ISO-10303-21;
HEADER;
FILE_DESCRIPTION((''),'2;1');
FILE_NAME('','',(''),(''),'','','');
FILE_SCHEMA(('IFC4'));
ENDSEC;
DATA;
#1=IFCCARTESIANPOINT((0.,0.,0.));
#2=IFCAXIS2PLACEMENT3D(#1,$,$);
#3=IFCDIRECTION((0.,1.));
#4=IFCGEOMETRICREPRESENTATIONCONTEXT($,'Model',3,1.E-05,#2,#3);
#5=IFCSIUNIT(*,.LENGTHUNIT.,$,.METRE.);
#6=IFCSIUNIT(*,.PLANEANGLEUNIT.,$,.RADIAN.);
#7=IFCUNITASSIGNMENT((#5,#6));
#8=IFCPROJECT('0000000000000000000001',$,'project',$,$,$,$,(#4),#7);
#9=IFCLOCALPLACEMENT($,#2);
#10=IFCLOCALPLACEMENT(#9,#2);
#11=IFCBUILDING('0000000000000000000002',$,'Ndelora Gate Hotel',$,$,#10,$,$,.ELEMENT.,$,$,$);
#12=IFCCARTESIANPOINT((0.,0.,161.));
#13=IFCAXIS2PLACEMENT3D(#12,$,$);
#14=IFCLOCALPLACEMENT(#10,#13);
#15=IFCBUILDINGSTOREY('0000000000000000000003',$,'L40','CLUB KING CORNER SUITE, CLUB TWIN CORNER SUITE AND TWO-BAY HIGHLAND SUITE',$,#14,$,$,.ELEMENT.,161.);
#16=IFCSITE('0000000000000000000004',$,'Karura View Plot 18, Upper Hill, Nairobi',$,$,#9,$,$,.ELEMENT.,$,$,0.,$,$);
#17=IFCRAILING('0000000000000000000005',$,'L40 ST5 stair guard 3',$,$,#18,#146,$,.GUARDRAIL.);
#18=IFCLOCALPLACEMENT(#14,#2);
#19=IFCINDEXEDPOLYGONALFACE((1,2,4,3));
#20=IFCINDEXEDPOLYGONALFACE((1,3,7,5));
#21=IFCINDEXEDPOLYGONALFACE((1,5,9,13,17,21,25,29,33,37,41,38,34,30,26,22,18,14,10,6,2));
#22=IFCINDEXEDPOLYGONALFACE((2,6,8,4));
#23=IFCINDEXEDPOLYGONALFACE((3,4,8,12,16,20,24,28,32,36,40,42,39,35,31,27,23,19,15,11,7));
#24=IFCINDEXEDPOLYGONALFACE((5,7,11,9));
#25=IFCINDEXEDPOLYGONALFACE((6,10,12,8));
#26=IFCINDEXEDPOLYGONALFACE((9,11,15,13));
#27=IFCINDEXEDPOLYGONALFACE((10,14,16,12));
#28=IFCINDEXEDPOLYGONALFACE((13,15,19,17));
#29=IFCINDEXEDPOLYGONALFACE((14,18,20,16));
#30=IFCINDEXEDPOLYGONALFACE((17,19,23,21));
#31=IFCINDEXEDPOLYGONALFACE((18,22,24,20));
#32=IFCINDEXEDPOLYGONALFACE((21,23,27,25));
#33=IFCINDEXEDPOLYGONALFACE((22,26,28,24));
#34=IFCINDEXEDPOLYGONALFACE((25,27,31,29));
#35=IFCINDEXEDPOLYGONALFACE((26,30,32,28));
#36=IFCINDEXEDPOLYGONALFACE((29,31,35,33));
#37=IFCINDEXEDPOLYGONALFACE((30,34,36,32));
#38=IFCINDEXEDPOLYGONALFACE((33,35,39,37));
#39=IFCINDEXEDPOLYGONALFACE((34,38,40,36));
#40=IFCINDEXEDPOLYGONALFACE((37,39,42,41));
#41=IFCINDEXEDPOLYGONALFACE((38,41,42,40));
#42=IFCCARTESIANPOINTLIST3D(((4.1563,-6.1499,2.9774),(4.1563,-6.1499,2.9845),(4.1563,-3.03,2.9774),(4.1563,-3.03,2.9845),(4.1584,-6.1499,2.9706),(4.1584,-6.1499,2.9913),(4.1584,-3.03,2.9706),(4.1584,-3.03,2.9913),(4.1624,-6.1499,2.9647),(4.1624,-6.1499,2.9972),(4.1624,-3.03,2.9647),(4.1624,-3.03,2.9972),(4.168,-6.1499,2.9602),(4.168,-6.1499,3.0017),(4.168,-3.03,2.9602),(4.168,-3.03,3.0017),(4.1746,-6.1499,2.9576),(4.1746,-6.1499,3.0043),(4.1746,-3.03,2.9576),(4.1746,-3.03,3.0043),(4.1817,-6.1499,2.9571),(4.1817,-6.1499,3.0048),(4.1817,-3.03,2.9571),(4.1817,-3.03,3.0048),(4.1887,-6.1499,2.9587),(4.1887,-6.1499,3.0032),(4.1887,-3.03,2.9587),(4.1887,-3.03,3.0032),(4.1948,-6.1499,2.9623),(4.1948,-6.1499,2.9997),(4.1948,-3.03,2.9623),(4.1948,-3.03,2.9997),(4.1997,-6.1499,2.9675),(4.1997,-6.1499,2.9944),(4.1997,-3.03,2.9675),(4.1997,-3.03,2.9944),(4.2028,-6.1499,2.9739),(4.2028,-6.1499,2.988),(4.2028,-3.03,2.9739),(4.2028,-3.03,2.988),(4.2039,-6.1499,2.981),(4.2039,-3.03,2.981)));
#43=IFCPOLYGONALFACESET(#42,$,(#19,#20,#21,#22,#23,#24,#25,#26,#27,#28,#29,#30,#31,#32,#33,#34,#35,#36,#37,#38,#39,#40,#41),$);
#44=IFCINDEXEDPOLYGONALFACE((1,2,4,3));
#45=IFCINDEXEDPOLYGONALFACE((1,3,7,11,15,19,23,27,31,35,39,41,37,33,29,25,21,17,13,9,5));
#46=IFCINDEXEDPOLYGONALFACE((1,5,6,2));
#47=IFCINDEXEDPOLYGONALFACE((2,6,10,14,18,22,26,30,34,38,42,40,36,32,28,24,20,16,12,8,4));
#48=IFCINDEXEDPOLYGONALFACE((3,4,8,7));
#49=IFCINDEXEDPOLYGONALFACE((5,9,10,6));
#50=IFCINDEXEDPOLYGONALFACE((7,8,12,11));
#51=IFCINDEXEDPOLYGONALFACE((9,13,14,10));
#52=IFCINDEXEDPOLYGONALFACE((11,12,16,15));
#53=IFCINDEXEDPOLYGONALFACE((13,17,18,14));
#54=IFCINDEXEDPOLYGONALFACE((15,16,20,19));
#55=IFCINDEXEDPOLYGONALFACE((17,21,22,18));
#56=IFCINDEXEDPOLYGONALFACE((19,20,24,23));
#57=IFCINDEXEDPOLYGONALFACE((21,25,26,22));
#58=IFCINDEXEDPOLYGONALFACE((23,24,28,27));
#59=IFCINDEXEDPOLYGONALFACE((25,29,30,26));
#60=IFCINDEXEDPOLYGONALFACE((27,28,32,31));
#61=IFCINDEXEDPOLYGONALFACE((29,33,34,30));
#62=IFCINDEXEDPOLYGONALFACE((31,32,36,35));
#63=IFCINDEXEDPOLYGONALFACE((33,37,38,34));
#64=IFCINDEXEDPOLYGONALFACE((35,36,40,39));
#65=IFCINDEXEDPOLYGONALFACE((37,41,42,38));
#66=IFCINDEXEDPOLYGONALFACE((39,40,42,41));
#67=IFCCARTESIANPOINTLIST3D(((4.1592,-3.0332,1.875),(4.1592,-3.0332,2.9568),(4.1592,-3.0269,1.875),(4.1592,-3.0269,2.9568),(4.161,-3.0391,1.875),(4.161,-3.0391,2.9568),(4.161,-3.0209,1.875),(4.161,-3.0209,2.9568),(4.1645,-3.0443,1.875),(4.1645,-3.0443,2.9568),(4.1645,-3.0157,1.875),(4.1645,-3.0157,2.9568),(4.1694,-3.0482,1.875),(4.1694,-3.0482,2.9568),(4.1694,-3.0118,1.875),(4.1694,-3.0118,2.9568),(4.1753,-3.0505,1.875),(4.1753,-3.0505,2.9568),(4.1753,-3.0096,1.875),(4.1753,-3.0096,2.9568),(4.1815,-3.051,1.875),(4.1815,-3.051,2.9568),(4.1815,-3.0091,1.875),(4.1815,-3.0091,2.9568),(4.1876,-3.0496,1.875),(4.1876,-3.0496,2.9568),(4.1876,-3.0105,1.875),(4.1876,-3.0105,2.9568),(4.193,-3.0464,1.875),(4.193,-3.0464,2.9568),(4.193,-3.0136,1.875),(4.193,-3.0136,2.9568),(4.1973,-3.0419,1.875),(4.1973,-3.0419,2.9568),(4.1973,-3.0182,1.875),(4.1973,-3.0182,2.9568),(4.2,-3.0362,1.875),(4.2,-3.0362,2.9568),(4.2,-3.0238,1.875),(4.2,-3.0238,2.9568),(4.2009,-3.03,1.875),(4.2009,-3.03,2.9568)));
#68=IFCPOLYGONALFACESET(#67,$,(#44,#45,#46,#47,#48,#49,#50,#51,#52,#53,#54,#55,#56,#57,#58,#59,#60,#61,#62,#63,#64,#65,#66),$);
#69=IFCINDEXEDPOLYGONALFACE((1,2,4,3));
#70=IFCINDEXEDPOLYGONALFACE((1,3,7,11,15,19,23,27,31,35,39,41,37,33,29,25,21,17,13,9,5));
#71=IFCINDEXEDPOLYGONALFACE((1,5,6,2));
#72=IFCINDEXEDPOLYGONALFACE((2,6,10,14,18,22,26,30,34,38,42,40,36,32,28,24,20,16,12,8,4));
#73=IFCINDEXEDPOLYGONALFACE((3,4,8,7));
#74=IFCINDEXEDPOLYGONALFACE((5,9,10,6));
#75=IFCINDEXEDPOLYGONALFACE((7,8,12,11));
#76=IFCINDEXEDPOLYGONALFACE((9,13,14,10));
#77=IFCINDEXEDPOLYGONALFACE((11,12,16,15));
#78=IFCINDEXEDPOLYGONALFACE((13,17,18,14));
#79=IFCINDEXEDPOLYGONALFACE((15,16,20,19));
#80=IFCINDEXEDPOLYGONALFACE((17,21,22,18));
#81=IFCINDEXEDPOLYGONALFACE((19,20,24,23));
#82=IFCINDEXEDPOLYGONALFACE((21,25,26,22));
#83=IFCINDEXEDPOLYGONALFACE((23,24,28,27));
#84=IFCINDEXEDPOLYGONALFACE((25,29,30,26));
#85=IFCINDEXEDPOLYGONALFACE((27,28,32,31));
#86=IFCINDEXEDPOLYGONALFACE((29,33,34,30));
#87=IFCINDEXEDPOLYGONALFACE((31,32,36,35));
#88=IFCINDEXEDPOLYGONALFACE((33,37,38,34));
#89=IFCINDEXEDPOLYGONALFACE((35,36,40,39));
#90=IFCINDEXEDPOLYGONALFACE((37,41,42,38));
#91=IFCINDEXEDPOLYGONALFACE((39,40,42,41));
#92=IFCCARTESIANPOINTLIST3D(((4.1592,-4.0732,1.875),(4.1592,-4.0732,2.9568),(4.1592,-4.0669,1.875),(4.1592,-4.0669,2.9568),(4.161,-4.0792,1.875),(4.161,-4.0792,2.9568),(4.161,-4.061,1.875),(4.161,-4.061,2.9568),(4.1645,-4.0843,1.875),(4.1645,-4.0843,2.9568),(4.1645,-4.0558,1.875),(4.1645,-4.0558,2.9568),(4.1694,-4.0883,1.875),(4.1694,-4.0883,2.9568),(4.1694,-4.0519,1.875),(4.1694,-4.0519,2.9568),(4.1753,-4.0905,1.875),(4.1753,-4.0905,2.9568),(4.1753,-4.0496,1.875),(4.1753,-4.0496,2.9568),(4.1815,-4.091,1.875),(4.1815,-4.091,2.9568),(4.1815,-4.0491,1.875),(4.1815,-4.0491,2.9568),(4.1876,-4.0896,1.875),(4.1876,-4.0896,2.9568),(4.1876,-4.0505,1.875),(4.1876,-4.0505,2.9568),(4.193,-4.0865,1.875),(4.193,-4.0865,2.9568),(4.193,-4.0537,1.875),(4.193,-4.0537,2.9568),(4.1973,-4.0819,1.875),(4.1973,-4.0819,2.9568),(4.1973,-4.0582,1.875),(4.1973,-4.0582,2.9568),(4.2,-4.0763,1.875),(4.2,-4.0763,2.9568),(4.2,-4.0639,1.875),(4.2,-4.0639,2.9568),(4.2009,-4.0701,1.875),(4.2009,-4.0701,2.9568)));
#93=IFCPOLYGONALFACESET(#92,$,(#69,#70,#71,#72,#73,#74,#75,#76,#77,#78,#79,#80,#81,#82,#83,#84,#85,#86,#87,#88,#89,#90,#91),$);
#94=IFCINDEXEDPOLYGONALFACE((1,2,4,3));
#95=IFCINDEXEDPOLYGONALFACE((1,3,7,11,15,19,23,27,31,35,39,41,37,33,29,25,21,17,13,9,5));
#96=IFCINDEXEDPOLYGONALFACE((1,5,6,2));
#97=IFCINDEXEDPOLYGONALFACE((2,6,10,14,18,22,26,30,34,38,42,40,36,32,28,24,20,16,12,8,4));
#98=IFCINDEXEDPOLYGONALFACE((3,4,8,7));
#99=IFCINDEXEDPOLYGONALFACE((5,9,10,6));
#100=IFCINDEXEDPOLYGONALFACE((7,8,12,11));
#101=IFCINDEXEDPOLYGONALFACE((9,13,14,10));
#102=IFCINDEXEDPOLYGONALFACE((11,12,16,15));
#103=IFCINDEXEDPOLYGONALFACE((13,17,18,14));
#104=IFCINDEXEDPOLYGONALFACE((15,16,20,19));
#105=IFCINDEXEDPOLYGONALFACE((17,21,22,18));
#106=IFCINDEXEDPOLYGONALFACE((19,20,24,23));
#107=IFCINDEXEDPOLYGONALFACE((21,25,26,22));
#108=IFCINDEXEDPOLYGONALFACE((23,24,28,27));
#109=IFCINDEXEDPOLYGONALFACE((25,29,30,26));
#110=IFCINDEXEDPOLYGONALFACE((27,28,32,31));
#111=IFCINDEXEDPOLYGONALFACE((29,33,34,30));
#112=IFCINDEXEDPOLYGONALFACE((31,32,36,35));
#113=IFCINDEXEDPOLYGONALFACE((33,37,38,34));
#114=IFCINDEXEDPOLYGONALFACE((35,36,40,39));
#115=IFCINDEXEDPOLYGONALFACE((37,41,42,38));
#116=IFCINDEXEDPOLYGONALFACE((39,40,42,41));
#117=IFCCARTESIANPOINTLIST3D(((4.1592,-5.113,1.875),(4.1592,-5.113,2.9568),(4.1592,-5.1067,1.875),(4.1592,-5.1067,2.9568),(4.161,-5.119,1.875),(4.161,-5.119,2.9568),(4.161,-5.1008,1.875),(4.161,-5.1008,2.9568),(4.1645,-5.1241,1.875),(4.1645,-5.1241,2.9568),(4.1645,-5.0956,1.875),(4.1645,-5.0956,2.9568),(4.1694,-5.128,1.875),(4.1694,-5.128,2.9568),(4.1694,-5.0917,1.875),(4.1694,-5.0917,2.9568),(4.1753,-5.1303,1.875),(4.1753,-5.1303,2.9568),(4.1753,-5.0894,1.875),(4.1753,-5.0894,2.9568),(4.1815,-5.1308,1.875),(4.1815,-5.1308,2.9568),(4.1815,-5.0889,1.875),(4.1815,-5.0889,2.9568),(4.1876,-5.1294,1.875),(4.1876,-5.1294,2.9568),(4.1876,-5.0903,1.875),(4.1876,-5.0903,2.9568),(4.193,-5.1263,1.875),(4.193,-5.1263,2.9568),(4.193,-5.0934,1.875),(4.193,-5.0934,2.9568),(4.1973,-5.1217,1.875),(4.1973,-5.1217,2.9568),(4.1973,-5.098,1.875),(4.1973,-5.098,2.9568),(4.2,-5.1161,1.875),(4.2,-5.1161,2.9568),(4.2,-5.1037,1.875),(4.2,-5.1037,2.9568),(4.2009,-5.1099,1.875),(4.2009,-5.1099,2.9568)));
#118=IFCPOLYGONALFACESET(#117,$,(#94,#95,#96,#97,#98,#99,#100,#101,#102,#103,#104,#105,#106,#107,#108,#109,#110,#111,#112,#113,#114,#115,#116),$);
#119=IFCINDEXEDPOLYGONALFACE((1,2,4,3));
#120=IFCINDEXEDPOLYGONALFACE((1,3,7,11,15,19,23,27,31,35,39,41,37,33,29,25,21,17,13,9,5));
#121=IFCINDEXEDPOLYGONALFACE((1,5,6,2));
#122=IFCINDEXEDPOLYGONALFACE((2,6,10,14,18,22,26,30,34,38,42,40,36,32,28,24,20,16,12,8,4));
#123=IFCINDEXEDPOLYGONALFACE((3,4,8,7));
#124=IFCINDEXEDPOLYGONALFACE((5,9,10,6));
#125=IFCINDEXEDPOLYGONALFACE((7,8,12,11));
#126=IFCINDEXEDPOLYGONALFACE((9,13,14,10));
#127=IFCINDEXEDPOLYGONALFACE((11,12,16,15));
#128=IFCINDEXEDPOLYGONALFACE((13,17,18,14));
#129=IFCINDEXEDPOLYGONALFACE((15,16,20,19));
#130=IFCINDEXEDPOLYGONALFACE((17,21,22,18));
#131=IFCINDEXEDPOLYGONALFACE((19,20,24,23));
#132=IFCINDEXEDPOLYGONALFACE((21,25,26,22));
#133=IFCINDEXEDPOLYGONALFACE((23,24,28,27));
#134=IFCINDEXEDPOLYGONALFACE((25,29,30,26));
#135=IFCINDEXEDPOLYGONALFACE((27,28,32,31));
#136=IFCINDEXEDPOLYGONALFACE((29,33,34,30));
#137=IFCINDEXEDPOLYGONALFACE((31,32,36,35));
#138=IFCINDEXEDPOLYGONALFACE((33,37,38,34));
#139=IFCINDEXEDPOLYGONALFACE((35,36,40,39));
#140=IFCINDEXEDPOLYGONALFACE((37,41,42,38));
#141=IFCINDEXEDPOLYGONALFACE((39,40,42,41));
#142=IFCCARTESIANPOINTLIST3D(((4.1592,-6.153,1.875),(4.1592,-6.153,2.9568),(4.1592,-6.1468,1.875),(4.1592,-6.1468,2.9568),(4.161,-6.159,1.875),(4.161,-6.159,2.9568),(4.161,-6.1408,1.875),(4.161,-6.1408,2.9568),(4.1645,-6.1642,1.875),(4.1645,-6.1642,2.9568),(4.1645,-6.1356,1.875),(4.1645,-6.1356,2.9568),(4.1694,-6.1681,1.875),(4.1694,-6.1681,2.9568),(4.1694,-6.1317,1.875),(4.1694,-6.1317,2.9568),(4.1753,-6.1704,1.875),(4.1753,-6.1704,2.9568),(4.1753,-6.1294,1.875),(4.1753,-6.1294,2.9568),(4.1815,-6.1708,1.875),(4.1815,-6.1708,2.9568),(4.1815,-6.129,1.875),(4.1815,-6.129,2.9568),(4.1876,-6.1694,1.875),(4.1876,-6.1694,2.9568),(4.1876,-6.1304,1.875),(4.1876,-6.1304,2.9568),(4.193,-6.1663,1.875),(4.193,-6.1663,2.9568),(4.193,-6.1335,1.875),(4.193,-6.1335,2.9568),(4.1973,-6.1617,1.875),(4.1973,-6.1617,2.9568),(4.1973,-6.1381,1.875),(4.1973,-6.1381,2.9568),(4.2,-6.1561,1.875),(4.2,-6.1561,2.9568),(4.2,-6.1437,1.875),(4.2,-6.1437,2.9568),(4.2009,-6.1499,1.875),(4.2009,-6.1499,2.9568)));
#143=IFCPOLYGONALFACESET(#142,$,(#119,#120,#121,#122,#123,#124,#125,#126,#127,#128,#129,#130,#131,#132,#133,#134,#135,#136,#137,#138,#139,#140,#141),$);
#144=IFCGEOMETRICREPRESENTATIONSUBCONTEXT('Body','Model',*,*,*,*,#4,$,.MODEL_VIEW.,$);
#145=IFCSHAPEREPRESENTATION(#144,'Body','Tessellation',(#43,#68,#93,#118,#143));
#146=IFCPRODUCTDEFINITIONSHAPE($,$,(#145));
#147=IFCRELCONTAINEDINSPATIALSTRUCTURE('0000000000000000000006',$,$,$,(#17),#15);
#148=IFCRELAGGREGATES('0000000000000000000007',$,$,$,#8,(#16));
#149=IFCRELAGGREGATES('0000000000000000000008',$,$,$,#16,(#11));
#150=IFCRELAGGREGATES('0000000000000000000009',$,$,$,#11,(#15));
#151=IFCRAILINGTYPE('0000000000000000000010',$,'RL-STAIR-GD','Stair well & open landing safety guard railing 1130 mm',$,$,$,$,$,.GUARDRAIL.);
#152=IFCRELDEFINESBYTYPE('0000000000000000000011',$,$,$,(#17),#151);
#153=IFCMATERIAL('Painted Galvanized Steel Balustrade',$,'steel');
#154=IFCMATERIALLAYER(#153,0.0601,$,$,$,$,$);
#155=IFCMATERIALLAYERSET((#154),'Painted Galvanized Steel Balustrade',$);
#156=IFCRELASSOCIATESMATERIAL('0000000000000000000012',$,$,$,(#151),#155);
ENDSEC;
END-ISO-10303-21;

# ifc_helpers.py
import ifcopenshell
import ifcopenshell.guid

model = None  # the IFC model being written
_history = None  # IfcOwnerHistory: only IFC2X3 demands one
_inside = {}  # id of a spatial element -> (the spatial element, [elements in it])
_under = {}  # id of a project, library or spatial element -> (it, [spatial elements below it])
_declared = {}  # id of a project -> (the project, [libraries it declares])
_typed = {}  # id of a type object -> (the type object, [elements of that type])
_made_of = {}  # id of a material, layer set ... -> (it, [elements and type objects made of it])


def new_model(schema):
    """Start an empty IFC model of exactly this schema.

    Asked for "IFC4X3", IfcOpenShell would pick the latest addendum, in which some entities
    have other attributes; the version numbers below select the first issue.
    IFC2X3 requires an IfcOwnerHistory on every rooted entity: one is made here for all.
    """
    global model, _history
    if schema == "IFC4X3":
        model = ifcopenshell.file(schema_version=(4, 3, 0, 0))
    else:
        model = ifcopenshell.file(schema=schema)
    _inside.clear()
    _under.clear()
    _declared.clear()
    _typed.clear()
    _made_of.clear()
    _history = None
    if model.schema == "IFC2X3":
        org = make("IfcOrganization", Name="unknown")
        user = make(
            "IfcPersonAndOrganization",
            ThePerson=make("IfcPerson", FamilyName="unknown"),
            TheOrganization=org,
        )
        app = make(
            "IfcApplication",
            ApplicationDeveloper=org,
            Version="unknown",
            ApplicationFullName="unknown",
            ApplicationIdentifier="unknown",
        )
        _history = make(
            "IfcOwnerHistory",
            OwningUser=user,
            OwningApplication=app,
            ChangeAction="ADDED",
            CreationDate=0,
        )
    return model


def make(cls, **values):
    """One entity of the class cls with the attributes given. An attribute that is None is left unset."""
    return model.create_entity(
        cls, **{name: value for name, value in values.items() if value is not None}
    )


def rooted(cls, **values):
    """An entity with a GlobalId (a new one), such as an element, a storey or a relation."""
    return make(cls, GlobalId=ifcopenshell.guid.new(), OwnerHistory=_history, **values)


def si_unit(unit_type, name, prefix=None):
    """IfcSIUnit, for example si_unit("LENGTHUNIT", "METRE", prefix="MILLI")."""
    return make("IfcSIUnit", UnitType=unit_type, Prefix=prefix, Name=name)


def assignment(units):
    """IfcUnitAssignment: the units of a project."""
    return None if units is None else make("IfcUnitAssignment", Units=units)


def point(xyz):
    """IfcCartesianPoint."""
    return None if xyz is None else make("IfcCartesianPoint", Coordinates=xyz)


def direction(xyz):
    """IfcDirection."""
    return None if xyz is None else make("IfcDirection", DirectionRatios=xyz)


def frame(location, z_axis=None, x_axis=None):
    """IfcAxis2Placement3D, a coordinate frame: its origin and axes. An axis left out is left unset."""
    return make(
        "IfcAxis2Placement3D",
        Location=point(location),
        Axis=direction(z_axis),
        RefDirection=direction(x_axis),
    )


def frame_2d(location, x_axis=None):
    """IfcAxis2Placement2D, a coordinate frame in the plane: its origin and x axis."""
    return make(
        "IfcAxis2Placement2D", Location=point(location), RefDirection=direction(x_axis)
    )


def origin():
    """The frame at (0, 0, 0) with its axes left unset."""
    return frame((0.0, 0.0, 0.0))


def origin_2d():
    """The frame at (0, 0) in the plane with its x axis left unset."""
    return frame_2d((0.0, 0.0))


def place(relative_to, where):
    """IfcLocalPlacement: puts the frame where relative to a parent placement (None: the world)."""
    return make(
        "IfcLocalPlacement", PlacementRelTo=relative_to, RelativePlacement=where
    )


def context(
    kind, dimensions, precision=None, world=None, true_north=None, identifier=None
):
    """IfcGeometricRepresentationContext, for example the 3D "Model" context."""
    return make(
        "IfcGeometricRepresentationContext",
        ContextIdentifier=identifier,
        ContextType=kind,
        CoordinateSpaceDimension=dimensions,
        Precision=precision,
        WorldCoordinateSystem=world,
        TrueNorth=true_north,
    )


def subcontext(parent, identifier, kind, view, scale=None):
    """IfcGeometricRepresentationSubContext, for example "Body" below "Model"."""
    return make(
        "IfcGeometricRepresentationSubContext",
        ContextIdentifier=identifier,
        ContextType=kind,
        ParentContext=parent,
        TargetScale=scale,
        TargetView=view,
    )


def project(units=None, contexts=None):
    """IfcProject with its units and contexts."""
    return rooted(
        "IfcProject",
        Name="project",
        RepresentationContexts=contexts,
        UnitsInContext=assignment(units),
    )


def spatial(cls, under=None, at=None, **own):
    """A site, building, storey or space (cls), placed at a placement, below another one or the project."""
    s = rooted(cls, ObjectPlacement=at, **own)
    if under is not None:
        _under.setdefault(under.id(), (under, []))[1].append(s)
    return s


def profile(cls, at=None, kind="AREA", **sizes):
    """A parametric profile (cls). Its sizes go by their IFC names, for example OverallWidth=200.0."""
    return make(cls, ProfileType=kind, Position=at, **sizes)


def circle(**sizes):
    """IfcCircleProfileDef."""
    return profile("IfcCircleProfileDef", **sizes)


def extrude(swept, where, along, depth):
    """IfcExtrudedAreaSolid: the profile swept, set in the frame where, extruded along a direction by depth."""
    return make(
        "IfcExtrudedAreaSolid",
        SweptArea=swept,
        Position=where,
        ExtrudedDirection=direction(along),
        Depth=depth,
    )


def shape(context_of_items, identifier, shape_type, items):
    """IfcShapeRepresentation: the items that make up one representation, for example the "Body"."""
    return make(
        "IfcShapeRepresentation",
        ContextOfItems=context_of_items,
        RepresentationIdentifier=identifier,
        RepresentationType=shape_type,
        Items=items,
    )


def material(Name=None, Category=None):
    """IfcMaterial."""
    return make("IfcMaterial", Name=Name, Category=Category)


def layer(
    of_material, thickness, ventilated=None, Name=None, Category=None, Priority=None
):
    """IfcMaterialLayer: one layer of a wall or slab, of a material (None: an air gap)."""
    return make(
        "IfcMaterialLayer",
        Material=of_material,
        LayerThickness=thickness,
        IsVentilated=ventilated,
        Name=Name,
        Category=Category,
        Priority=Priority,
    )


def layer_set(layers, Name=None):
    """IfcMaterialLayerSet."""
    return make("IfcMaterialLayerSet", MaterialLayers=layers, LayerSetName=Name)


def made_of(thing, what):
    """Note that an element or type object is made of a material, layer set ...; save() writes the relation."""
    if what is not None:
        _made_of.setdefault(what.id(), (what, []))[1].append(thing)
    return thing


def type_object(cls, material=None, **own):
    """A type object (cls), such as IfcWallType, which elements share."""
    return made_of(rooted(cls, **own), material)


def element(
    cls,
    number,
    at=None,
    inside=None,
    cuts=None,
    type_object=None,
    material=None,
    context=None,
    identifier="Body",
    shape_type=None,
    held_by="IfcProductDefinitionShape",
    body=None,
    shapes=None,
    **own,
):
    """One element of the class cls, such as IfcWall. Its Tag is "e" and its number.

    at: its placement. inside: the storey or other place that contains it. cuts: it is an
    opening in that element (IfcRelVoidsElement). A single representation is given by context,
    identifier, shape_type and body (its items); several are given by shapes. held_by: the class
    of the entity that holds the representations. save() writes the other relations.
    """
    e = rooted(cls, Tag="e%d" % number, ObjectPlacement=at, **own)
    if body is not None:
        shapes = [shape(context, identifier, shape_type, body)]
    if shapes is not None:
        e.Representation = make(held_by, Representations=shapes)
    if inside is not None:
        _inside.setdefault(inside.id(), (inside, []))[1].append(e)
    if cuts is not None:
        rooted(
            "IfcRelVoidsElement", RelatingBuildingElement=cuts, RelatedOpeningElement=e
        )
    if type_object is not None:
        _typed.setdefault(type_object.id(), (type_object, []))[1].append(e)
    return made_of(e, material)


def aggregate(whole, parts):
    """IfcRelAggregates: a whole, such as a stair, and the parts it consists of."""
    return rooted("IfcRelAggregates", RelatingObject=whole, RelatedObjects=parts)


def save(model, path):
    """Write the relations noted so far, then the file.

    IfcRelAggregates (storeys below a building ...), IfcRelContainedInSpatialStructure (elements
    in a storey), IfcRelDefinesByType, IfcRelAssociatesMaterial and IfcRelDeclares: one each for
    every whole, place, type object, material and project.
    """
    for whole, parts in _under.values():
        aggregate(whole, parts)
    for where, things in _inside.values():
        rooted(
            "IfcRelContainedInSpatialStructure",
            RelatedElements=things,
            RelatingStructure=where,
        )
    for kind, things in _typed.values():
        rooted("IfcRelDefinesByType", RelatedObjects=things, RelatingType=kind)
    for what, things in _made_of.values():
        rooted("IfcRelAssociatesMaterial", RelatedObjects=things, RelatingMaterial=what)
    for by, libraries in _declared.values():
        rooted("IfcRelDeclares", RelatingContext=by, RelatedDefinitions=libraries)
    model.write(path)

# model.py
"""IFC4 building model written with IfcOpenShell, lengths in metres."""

from ifc_helpers import new_model, si_unit, direction, frame, origin, origin_2d, place, context, subcontext, project, spatial, circle, extrude, material, layer, layer_set, type_object, element, save


model = new_model("IFC4")

# Units and contexts
model_context = context("Model", 3, precision=1e-05, world=origin(), true_north=direction((0.0, 1.0)))
body_context = subcontext(model_context, "Body", "Model", "MODEL_VIEW")
ifc_project = project(units=[si_unit("LENGTHUNIT", "METRE"), si_unit("PLANEANGLEUNIT", "RADIAN")], contexts=[model_context])

# Site, building, storey
site_placement = place(None, origin())
site = spatial("IfcSite", under=ifc_project, at=site_placement, Name="Karura View Plot 18, Upper Hill, Nairobi", CompositionType="ELEMENT", RefElevation=0.0)
building_placement = place(site_placement, origin())
building = spatial("IfcBuilding", under=site, at=building_placement, Name="Ndelora Gate Hotel", CompositionType="ELEMENT")
storey_placement = place(building_placement, frame((0.0, 0.0, 161.0)))
storey = spatial("IfcBuildingStorey", under=building, at=storey_placement, Name="L40", Description="CLUB KING CORNER SUITE, CLUB TWIN CORNER SUITE AND TWO-BAY HIGHLAND SUITE", CompositionType="ELEMENT", Elevation=161.0)

# Railing
ifc_material_1 = material(Name="Painted Galvanized Steel Balustrade", Category="steel")
ifc_layer_1 = layer(ifc_material_1, 0.0601)
ifc_layer_set_1 = layer_set([ifc_layer_1], Name="Painted Galvanized Steel Balustrade")
railing_type_1 = type_object("IfcRailingType", Name="RL-STAIR-GD", Description="Stair well & open landing safety guard railing 1130 mm", PredefinedType="GUARDRAIL", material=ifc_layer_set_1)
railing_1_placement = place(storey_placement, frame((4.1799, -3.03, 1.875)))
element("IfcRailing", 1, at=railing_1_placement, inside=storey, type_object=railing_type_1, Name="L40 ST5 stair guard 3", PredefinedType="GUARDRAIL", context=body_context, shape_type="SweptSolid", body=[
    extrude(circle(Radius=0.0239, at=origin_2d()), frame((0.0, 0.0, 1.106), z_axis=(0.0, -1.0, 0.0), x_axis=(1.0, 0.0, 0.0)), (0.0, 0.0, 1.0), 3.1199),
    extrude(circle(Radius=0.021, at=origin_2d()), origin(), (0.0, 0.0, 1.0), 1.0818),
    extrude(circle(Radius=0.021, at=origin_2d()), frame((0.0, -1.04, 0.0)), (0.0, 0.0, 1.0), 1.0818),
    extrude(circle(Radius=0.021, at=origin_2d()), frame((0.0, -2.0798, 0.0)), (0.0, 0.0, 1.0), 1.0818),
    extrude(circle(Radius=0.021, at=origin_2d()), frame((0.0, -3.1199, 0.0)), (0.0, 0.0, 1.0), 1.0818),
])

save(model, "model.ifc")
